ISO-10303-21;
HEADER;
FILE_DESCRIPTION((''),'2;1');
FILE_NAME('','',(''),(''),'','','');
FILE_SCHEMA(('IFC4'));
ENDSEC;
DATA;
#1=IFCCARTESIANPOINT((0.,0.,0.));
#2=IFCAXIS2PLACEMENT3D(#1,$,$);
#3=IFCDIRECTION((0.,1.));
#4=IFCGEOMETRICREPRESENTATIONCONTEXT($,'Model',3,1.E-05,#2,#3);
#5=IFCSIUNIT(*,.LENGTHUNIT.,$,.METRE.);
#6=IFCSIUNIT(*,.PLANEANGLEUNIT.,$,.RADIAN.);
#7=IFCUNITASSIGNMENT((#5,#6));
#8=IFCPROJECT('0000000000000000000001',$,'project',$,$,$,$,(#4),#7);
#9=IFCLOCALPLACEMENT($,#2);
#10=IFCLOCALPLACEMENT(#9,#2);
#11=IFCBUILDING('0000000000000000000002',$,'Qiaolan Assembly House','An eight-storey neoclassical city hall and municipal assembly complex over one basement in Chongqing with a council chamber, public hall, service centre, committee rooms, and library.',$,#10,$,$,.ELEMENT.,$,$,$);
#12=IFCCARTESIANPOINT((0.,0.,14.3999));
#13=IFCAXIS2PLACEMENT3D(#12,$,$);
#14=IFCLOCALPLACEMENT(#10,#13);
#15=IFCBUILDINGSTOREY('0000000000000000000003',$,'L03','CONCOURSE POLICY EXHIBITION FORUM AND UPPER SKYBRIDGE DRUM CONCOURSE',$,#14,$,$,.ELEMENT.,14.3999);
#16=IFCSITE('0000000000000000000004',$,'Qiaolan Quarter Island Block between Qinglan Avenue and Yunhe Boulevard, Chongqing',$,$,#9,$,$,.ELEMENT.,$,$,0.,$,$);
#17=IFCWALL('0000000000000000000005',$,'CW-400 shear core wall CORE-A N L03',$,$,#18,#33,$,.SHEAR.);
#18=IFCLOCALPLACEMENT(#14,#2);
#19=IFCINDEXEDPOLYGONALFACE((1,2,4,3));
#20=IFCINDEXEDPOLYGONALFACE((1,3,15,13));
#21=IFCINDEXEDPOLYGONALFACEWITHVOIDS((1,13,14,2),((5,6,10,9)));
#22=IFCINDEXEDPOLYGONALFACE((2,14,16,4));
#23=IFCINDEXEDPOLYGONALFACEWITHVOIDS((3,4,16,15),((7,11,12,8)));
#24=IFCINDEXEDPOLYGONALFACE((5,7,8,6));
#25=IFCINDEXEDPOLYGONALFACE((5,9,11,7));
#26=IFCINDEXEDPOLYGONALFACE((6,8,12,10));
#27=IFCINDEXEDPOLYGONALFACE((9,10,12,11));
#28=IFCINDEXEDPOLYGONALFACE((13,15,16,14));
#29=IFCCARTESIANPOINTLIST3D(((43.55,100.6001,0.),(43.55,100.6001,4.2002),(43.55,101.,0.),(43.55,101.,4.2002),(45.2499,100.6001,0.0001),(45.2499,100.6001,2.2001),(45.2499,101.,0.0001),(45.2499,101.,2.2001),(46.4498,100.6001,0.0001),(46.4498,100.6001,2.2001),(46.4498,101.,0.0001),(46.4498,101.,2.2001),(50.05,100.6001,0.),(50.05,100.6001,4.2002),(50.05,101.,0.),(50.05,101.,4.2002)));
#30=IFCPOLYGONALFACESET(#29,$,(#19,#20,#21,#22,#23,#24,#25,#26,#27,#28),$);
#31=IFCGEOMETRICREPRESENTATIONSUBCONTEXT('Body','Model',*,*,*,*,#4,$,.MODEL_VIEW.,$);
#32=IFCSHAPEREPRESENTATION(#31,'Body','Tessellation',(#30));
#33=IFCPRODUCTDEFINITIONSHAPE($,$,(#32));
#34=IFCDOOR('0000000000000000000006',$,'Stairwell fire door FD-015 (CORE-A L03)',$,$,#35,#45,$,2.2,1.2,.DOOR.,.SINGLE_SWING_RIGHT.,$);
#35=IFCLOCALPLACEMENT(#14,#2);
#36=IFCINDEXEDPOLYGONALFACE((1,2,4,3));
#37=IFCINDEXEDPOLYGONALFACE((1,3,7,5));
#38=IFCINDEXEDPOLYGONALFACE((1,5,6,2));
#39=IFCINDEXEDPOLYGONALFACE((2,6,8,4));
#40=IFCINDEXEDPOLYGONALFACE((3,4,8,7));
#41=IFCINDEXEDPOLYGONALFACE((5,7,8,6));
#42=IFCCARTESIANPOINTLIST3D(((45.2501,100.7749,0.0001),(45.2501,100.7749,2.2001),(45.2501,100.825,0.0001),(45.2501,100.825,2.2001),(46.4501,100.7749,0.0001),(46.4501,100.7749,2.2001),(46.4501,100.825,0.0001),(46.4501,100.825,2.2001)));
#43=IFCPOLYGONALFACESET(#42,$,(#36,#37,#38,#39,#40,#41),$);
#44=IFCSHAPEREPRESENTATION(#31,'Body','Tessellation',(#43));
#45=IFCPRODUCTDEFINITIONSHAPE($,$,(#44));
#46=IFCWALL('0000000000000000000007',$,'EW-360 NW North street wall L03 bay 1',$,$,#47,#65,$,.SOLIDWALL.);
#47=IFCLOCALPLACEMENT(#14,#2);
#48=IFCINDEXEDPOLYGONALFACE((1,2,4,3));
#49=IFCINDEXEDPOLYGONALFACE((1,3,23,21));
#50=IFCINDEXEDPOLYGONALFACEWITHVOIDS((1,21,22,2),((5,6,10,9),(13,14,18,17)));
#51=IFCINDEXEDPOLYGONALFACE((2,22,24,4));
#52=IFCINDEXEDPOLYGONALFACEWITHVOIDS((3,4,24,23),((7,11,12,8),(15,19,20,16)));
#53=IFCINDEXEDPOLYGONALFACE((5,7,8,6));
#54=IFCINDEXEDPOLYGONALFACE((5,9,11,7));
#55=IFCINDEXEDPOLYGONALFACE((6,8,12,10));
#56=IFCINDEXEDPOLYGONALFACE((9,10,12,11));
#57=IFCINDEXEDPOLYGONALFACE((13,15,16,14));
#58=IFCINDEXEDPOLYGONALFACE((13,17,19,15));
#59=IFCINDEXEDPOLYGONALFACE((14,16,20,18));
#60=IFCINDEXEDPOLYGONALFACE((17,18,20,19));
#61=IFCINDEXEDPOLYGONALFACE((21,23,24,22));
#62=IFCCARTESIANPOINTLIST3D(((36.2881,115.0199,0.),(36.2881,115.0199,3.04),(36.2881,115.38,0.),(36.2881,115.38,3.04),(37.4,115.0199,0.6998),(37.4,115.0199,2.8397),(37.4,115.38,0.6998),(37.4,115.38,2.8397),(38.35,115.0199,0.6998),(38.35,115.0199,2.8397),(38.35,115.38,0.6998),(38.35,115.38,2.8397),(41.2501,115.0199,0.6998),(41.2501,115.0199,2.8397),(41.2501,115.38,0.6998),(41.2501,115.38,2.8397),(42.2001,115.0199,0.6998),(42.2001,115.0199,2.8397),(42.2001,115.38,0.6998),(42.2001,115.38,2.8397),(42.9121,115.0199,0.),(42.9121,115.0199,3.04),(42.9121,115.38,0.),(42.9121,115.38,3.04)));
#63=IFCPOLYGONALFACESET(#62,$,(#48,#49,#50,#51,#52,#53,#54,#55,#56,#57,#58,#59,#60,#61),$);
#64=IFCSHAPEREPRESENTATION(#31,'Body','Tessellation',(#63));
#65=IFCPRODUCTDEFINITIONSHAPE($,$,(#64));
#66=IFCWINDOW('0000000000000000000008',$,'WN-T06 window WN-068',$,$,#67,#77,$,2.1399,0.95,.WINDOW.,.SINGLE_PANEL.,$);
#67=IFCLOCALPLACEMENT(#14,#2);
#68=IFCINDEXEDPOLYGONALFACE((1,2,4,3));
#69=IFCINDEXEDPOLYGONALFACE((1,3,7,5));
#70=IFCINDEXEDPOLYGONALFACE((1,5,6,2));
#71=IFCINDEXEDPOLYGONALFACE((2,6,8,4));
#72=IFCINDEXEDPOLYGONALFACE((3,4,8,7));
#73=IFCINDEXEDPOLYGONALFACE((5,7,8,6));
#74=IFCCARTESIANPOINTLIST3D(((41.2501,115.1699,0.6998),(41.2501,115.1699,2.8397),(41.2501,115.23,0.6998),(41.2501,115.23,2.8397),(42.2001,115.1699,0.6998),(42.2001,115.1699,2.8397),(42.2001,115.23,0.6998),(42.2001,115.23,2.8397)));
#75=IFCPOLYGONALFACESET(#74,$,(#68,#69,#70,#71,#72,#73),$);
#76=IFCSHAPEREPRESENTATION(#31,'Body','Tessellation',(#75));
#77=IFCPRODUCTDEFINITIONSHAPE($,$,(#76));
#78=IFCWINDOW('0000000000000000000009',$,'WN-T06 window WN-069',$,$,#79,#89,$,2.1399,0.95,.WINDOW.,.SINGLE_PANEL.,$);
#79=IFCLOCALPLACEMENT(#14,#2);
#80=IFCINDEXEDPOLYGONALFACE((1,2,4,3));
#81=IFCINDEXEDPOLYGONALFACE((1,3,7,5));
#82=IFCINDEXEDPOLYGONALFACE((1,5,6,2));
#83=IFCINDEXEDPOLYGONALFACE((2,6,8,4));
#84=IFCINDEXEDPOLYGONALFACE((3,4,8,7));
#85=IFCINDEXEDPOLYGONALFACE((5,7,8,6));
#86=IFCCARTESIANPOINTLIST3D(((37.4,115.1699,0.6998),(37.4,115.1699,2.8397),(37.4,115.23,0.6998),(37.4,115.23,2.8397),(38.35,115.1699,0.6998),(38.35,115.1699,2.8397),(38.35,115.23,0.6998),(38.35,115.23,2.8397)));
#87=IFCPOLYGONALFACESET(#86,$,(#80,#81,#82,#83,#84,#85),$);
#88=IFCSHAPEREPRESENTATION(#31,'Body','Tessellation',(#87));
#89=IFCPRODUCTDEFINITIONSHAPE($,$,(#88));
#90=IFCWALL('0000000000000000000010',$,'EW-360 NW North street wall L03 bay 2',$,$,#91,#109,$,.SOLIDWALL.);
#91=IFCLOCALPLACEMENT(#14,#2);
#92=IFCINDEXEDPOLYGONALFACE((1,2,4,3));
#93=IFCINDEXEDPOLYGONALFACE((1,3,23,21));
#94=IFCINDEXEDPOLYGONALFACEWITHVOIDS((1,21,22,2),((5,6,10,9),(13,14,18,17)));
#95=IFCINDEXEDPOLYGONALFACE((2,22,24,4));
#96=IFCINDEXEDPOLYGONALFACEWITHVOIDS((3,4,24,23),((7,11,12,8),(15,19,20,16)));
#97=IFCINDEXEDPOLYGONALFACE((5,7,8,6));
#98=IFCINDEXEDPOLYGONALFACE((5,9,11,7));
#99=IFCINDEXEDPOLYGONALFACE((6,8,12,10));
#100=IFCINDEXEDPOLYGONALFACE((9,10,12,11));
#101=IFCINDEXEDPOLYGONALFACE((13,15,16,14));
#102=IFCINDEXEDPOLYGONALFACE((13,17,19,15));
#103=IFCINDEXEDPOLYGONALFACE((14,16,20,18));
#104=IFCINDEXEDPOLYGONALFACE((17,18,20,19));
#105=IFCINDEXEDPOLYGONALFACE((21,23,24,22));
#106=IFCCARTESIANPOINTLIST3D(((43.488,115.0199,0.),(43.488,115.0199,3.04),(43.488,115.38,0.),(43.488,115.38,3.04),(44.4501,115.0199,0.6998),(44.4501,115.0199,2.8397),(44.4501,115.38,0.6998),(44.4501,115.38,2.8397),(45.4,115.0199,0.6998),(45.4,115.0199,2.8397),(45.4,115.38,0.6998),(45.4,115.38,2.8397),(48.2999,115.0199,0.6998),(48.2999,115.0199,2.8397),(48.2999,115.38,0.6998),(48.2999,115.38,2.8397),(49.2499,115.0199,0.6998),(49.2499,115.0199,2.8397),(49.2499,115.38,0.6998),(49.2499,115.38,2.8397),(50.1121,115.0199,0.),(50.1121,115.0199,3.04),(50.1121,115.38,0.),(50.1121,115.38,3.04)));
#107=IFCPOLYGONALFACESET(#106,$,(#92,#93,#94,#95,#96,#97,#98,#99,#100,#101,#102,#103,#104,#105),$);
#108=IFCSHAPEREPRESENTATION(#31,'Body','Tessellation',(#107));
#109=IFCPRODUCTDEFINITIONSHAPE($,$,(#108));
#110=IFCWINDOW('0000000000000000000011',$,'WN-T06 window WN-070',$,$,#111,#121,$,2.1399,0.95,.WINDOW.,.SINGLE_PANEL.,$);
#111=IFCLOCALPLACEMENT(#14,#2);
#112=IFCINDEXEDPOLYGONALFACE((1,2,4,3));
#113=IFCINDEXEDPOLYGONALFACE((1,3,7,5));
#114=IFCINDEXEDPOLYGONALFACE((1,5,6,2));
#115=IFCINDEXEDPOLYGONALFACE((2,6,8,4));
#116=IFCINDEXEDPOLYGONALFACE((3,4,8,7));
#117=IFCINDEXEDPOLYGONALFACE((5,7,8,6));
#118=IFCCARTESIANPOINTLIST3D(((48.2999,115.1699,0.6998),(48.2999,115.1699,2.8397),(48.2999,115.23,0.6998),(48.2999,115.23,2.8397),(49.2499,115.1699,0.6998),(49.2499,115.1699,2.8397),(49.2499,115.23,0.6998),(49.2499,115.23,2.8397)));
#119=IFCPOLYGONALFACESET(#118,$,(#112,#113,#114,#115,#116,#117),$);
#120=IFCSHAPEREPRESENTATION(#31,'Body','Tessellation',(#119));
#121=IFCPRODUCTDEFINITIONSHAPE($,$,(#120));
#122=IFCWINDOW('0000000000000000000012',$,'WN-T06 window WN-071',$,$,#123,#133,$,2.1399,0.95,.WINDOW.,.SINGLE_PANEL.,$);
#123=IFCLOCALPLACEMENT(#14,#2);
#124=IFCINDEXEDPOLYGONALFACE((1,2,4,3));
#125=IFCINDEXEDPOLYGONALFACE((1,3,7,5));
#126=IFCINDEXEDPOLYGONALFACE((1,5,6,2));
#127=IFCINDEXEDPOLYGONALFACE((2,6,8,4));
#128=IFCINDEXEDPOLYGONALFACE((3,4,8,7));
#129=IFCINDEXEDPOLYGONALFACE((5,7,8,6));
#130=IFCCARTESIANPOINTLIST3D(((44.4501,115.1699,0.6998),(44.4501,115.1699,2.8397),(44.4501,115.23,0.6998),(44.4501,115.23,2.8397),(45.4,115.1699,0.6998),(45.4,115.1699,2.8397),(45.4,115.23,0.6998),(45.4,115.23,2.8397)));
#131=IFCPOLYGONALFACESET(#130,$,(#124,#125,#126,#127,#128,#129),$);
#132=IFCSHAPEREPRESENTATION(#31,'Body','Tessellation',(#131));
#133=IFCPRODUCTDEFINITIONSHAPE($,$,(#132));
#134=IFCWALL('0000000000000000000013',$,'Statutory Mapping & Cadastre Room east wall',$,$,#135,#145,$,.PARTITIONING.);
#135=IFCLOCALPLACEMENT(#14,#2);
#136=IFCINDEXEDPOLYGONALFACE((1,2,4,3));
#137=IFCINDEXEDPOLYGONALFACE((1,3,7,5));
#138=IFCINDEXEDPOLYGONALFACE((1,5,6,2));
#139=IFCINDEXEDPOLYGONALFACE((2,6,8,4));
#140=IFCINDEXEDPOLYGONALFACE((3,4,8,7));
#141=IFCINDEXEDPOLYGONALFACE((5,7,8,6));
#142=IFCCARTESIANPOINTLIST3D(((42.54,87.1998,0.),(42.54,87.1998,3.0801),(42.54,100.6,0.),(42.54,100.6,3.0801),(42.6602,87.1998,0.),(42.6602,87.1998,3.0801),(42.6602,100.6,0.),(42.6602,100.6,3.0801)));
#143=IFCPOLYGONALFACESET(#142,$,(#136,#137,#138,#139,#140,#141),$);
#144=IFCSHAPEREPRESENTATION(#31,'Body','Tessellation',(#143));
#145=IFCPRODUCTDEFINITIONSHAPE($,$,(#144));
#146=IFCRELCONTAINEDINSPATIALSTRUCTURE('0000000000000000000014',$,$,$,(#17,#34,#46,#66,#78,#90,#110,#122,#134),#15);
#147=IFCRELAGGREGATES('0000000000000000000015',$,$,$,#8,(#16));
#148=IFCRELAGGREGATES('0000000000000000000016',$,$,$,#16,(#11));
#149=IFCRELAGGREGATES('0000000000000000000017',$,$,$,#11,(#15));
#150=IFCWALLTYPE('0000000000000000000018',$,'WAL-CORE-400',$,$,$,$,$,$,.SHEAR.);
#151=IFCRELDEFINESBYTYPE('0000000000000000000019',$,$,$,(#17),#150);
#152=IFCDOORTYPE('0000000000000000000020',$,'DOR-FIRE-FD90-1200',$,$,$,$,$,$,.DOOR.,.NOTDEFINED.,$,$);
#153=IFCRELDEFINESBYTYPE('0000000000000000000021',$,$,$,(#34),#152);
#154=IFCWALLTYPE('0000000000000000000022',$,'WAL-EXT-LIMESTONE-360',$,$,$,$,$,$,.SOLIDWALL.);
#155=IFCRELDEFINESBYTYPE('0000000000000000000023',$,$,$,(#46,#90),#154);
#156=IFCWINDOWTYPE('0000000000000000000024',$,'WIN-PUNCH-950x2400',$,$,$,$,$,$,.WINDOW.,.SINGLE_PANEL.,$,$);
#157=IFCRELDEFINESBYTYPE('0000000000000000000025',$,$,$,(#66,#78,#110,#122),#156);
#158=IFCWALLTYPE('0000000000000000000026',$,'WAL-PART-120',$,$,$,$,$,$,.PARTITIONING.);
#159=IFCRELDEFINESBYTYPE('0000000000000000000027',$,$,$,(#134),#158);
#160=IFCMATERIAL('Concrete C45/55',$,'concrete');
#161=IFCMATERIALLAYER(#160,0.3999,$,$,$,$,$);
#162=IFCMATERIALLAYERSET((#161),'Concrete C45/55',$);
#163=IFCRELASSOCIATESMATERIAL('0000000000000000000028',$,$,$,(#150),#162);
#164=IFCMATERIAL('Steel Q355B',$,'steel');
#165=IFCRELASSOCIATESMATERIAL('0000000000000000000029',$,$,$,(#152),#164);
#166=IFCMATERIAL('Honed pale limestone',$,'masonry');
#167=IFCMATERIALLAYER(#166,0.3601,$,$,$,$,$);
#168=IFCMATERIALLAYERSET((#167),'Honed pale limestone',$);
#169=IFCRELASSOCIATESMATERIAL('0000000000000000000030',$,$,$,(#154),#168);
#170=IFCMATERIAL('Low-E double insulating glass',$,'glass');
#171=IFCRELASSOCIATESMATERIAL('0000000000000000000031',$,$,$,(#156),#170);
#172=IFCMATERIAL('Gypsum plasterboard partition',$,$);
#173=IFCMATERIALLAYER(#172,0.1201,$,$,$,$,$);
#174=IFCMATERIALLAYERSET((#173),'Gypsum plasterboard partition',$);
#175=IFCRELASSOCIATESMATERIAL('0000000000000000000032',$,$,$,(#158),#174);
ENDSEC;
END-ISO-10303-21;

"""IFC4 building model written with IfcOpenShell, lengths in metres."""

from ifc_helpers import new_model, si_unit, direction, frame, frame_2d, origin, place, context, subcontext, project, spatial, rectangle, extrude, material, layer, layer_set, type_object, element, fill, save


model = new_model("IFC4")

# Units and contexts
model_context = context("Model", 3, precision=1e-05, world=origin(), true_north=direction((0.0, 1.0)))
body_context = subcontext(model_context, "Body", "Model", "MODEL_VIEW")
ifc_project = project(units=[si_unit("LENGTHUNIT", "METRE"), si_unit("PLANEANGLEUNIT", "RADIAN")], contexts=[model_context])

# Site, building, storey
site_placement = place(None, origin())
site = spatial("IfcSite", under=ifc_project, at=site_placement, Name="Qiaolan Quarter Island Block between Qinglan Avenue and Yunhe Boulevard, Chongqing", CompositionType="ELEMENT", RefElevation=0.0)
building_placement = place(site_placement, origin())
building = spatial("IfcBuilding", under=site, at=building_placement, Name="Qiaolan Assembly House", Description="An eight-storey neoclassical city hall and municipal assembly complex over one basement in Chongqing with a council chamber, public hall, service centre, committee rooms, and library.", CompositionType="ELEMENT")
storey_placement = place(building_placement, frame((0.0, 0.0, 14.3999)))
storey = spatial("IfcBuildingStorey", under=building, at=storey_placement, Name="L03", Description="CONCOURSE POLICY EXHIBITION FORUM AND UPPER SKYBRIDGE DRUM CONCOURSE", CompositionType="ELEMENT", Elevation=14.3999)

# Shared definitions
ifc_material_1 = material(Name="Concrete C45/55", Category="concrete")

# Wall, opening, door
ifc_layer_1 = layer(ifc_material_1, 0.3999)
ifc_layer_set_1 = layer_set([ifc_layer_1], Name="Concrete C45/55")
wall_type_1 = type_object("IfcWallType", Name="WAL-CORE-400", PredefinedType="SHEAR", material=ifc_layer_set_1)
wall_1_placement = place(storey_placement, frame((50.05, 100.8, 0.0), z_axis=(0.0, 0.0, 1.0), x_axis=(-1.0, 0.0, 0.0)))
wall_1 = element("IfcWall", 1, at=wall_1_placement, inside=storey, type_object=wall_type_1, Name="CW-400 shear core wall CORE-A N L03", PredefinedType="SHEAR", context=body_context, shape_type="SweptSolid", body=[
    extrude(rectangle(XDim=6.5, YDim=0.3999, at=frame_2d((3.25, 0.0))), origin(), (0.0, 0.0, 1.0), 4.2002),
])
opening_1_placement = place(wall_1_placement, frame((3.6001, 0.0, 0.0)))
opening_1 = element("IfcOpeningElement", 2, at=opening_1_placement, cuts=wall_1, PredefinedType="OPENING", context=body_context, shape_type="SweptSolid", body=[
    extrude(rectangle(XDim=1.2, YDim=2.2, at=frame_2d((0.6001, 1.1001))), frame((0.0, 0.21, 0.0), z_axis=(0.0, -1.0, 0.0), x_axis=(1.0, 0.0, 0.0)), (0.0, 0.0, 1.0), 0.4199),
])
ifc_material_2 = material(Name="Steel Q355B", Category="steel")
door_type = type_object("IfcDoorType", Name="DOR-FIRE-FD90-1200", OperationType="NOTDEFINED", PredefinedType="DOOR", material=ifc_material_2)
door_placement = place(opening_1_placement, frame((1.2, 0.0, 0.0), z_axis=(0.0, 0.0, 1.0), x_axis=(-1.0, 0.0, 0.0)))
door = element("IfcDoor", 3, at=door_placement, inside=storey, type_object=door_type, Name="Stairwell fire door FD-015 (CORE-A L03)", OperationType="SINGLE_SWING_RIGHT", OverallHeight=2.2, OverallWidth=1.2, PredefinedType="DOOR", context=body_context, shape_type="SweptSolid", body=[
    extrude(rectangle(XDim=1.2, YDim=2.2, at=frame_2d((0.6001, 1.1001))), frame((0.0, 0.0249, 0.0), z_axis=(0.0, -1.0, 0.0), x_axis=(1.0, 0.0, 0.0)), (0.0, 0.0, 1.0), 0.05),
])
fill(opening_1, door)

# Walls, openings, windows
ifc_material_3 = material(Name="Honed pale limestone", Category="masonry")
ifc_layer_2 = layer(ifc_material_3, 0.3601)
ifc_layer_set_2 = layer_set([ifc_layer_2], Name="Honed pale limestone")
wall_type_2 = type_object("IfcWallType", Name="WAL-EXT-LIMESTONE-360", PredefinedType="SOLIDWALL", material=ifc_layer_set_2)
wall_2_placement = place(storey_placement, frame((42.9121, 115.2, 0.0), z_axis=(0.0, 0.0, 1.0), x_axis=(-1.0, 0.0, 0.0)))
wall_2 = element("IfcWall", 4, at=wall_2_placement, inside=storey, type_object=wall_type_2, Name="EW-360 NW North street wall L03 bay 1", PredefinedType="SOLIDWALL", context=body_context, shape_type="SweptSolid", body=[
    extrude(rectangle(XDim=6.624, YDim=0.3601, at=frame_2d((3.312, 0.0))), origin(), (0.0, 0.0, 1.0), 3.04),
])
opening_2_placement = place(wall_2_placement, frame((0.7119, 0.0, 0.7)))
opening_2 = element("IfcOpeningElement", 5, at=opening_2_placement, cuts=wall_2, PredefinedType="OPENING", context=body_context, shape_type="SweptSolid", body=[
    extrude(rectangle(XDim=0.95, YDim=2.1399, at=frame_2d((0.4751, 1.0698))), frame((0.0, 0.1899, 0.0), z_axis=(0.0, -1.0, 0.0), x_axis=(1.0, 0.0, 0.0)), (0.0, 0.0, 1.0), 0.3801),
])
opening_3_placement = place(wall_2_placement, frame((4.562, 0.0, 0.7)))
opening_3 = element("IfcOpeningElement", 6, at=opening_3_placement, cuts=wall_2, PredefinedType="OPENING", context=body_context, shape_type="SweptSolid", body=[
    extrude(rectangle(XDim=0.95, YDim=2.1399, at=frame_2d((0.4751, 1.0698))), frame((0.0, 0.1899, 0.0), z_axis=(0.0, -1.0, 0.0), x_axis=(1.0, 0.0, 0.0)), (0.0, 0.0, 1.0), 0.3801),
])
ifc_material_4 = material(Name="Low-E double insulating glass", Category="glass")
window_type = type_object("IfcWindowType", Name="WIN-PUNCH-950x2400", PartitioningType="SINGLE_PANEL", PredefinedType="WINDOW", material=ifc_material_4)
window_1_placement = place(opening_2_placement, origin())
window_1 = element("IfcWindow", 7, at=window_1_placement, inside=storey, type_object=window_type, Name="WN-T06 window WN-068", OverallHeight=2.1399, OverallWidth=0.95, PartitioningType="SINGLE_PANEL", PredefinedType="WINDOW", context=body_context, shape_type="SweptSolid", body=[
    extrude(rectangle(XDim=0.95, YDim=2.1399, at=frame_2d((0.4751, 1.0698))), frame((0.0, 0.03, 0.0), z_axis=(0.0, -1.0, 0.0), x_axis=(1.0, 0.0, 0.0)), (0.0, 0.0, 1.0), 0.0601),
])
fill(opening_2, window_1)
window_2_placement = place(opening_3_placement, origin())
window_2 = element("IfcWindow", 8, at=window_2_placement, inside=storey, type_object=window_type, Name="WN-T06 window WN-069", OverallHeight=2.1399, OverallWidth=0.95, PartitioningType="SINGLE_PANEL", PredefinedType="WINDOW", context=body_context, shape_type="SweptSolid", body=[
    extrude(rectangle(XDim=0.95, YDim=2.1399, at=frame_2d((0.4751, 1.0698))), frame((0.0, 0.03, 0.0), z_axis=(0.0, -1.0, 0.0), x_axis=(1.0, 0.0, 0.0)), (0.0, 0.0, 1.0), 0.0601),
])
fill(opening_3, window_2)
wall_3_placement = place(storey_placement, frame((50.1121, 115.2, 0.0), z_axis=(0.0, 0.0, 1.0), x_axis=(-1.0, 0.0, 0.0)))
wall_3 = element("IfcWall", 9, at=wall_3_placement, inside=storey, type_object=wall_type_2, Name="EW-360 NW North street wall L03 bay 2", PredefinedType="SOLIDWALL", context=body_context, shape_type="SweptSolid", body=[
    extrude(rectangle(XDim=6.624, YDim=0.3601, at=frame_2d((3.312, 0.0))), origin(), (0.0, 0.0, 1.0), 3.04),
])
opening_4_placement = place(wall_3_placement, frame((0.8621, 0.0, 0.7)))
opening_4 = element("IfcOpeningElement", 10, at=opening_4_placement, cuts=wall_3, PredefinedType="OPENING", context=body_context, shape_type="SweptSolid", body=[
    extrude(rectangle(XDim=0.95, YDim=2.1399, at=frame_2d((0.4751, 1.0698))), frame((0.0, 0.1899, 0.0), z_axis=(0.0, -1.0, 0.0), x_axis=(1.0, 0.0, 0.0)), (0.0, 0.0, 1.0), 0.3801),
])
opening_5_placement = place(wall_3_placement, frame((4.7119, 0.0, 0.7)))
opening_5 = element("IfcOpeningElement", 11, at=opening_5_placement, cuts=wall_3, PredefinedType="OPENING", context=body_context, shape_type="SweptSolid", body=[
    extrude(rectangle(XDim=0.95, YDim=2.1399, at=frame_2d((0.4751, 1.0698))), frame((0.0, 0.1899, 0.0), z_axis=(0.0, -1.0, 0.0), x_axis=(1.0, 0.0, 0.0)), (0.0, 0.0, 1.0), 0.3801),
])
window_3_placement = place(opening_4_placement, origin())
window_3 = element("IfcWindow", 12, at=window_3_placement, inside=storey, type_object=window_type, Name="WN-T06 window WN-070", OverallHeight=2.1399, OverallWidth=0.95, PartitioningType="SINGLE_PANEL", PredefinedType="WINDOW", context=body_context, shape_type="SweptSolid", body=[
    extrude(rectangle(XDim=0.95, YDim=2.1399, at=frame_2d((0.4751, 1.0698))), frame((0.0, 0.03, 0.0), z_axis=(0.0, -1.0, 0.0), x_axis=(1.0, 0.0, 0.0)), (0.0, 0.0, 1.0), 0.0601),
])
fill(opening_4, window_3)
window_4_placement = place(opening_5_placement, origin())
window_4 = element("IfcWindow", 13, at=window_4_placement, inside=storey, type_object=window_type, Name="WN-T06 window WN-071", OverallHeight=2.1399, OverallWidth=0.95, PartitioningType="SINGLE_PANEL", PredefinedType="WINDOW", context=body_context, shape_type="SweptSolid", body=[
    extrude(rectangle(XDim=0.95, YDim=2.1399, at=frame_2d((0.4751, 1.0698))), frame((0.0, 0.03, 0.0), z_axis=(0.0, -1.0, 0.0), x_axis=(1.0, 0.0, 0.0)), (0.0, 0.0, 1.0), 0.0601),
])
fill(opening_5, window_4)

# Wall
ifc_material_5 = material(Name="Gypsum plasterboard partition")
ifc_layer_3 = layer(ifc_material_5, 0.1201)
ifc_layer_set_3 = layer_set([ifc_layer_3], Name="Gypsum plasterboard partition")
wall_type_3 = type_object("IfcWallType", Name="WAL-PART-120", PredefinedType="PARTITIONING", material=ifc_layer_set_3)
wall_4_placement = place(storey_placement, frame((42.6001, 100.6001, 0.0), z_axis=(0.0, 0.0, 1.0), x_axis=(0.0, -1.0, 0.0)))
element("IfcWall", 14, at=wall_4_placement, inside=storey, type_object=wall_type_3, Name="Statutory Mapping & Cadastre Room east wall", PredefinedType="PARTITIONING", context=body_context, shape_type="SweptSolid", body=[
    extrude(rectangle(XDim=13.4001, YDim=0.1201, at=frame_2d((6.7002, 0.0))), origin(), (0.0, 0.0, 1.0), 3.0801),
])

save(model, "model.ifc")
